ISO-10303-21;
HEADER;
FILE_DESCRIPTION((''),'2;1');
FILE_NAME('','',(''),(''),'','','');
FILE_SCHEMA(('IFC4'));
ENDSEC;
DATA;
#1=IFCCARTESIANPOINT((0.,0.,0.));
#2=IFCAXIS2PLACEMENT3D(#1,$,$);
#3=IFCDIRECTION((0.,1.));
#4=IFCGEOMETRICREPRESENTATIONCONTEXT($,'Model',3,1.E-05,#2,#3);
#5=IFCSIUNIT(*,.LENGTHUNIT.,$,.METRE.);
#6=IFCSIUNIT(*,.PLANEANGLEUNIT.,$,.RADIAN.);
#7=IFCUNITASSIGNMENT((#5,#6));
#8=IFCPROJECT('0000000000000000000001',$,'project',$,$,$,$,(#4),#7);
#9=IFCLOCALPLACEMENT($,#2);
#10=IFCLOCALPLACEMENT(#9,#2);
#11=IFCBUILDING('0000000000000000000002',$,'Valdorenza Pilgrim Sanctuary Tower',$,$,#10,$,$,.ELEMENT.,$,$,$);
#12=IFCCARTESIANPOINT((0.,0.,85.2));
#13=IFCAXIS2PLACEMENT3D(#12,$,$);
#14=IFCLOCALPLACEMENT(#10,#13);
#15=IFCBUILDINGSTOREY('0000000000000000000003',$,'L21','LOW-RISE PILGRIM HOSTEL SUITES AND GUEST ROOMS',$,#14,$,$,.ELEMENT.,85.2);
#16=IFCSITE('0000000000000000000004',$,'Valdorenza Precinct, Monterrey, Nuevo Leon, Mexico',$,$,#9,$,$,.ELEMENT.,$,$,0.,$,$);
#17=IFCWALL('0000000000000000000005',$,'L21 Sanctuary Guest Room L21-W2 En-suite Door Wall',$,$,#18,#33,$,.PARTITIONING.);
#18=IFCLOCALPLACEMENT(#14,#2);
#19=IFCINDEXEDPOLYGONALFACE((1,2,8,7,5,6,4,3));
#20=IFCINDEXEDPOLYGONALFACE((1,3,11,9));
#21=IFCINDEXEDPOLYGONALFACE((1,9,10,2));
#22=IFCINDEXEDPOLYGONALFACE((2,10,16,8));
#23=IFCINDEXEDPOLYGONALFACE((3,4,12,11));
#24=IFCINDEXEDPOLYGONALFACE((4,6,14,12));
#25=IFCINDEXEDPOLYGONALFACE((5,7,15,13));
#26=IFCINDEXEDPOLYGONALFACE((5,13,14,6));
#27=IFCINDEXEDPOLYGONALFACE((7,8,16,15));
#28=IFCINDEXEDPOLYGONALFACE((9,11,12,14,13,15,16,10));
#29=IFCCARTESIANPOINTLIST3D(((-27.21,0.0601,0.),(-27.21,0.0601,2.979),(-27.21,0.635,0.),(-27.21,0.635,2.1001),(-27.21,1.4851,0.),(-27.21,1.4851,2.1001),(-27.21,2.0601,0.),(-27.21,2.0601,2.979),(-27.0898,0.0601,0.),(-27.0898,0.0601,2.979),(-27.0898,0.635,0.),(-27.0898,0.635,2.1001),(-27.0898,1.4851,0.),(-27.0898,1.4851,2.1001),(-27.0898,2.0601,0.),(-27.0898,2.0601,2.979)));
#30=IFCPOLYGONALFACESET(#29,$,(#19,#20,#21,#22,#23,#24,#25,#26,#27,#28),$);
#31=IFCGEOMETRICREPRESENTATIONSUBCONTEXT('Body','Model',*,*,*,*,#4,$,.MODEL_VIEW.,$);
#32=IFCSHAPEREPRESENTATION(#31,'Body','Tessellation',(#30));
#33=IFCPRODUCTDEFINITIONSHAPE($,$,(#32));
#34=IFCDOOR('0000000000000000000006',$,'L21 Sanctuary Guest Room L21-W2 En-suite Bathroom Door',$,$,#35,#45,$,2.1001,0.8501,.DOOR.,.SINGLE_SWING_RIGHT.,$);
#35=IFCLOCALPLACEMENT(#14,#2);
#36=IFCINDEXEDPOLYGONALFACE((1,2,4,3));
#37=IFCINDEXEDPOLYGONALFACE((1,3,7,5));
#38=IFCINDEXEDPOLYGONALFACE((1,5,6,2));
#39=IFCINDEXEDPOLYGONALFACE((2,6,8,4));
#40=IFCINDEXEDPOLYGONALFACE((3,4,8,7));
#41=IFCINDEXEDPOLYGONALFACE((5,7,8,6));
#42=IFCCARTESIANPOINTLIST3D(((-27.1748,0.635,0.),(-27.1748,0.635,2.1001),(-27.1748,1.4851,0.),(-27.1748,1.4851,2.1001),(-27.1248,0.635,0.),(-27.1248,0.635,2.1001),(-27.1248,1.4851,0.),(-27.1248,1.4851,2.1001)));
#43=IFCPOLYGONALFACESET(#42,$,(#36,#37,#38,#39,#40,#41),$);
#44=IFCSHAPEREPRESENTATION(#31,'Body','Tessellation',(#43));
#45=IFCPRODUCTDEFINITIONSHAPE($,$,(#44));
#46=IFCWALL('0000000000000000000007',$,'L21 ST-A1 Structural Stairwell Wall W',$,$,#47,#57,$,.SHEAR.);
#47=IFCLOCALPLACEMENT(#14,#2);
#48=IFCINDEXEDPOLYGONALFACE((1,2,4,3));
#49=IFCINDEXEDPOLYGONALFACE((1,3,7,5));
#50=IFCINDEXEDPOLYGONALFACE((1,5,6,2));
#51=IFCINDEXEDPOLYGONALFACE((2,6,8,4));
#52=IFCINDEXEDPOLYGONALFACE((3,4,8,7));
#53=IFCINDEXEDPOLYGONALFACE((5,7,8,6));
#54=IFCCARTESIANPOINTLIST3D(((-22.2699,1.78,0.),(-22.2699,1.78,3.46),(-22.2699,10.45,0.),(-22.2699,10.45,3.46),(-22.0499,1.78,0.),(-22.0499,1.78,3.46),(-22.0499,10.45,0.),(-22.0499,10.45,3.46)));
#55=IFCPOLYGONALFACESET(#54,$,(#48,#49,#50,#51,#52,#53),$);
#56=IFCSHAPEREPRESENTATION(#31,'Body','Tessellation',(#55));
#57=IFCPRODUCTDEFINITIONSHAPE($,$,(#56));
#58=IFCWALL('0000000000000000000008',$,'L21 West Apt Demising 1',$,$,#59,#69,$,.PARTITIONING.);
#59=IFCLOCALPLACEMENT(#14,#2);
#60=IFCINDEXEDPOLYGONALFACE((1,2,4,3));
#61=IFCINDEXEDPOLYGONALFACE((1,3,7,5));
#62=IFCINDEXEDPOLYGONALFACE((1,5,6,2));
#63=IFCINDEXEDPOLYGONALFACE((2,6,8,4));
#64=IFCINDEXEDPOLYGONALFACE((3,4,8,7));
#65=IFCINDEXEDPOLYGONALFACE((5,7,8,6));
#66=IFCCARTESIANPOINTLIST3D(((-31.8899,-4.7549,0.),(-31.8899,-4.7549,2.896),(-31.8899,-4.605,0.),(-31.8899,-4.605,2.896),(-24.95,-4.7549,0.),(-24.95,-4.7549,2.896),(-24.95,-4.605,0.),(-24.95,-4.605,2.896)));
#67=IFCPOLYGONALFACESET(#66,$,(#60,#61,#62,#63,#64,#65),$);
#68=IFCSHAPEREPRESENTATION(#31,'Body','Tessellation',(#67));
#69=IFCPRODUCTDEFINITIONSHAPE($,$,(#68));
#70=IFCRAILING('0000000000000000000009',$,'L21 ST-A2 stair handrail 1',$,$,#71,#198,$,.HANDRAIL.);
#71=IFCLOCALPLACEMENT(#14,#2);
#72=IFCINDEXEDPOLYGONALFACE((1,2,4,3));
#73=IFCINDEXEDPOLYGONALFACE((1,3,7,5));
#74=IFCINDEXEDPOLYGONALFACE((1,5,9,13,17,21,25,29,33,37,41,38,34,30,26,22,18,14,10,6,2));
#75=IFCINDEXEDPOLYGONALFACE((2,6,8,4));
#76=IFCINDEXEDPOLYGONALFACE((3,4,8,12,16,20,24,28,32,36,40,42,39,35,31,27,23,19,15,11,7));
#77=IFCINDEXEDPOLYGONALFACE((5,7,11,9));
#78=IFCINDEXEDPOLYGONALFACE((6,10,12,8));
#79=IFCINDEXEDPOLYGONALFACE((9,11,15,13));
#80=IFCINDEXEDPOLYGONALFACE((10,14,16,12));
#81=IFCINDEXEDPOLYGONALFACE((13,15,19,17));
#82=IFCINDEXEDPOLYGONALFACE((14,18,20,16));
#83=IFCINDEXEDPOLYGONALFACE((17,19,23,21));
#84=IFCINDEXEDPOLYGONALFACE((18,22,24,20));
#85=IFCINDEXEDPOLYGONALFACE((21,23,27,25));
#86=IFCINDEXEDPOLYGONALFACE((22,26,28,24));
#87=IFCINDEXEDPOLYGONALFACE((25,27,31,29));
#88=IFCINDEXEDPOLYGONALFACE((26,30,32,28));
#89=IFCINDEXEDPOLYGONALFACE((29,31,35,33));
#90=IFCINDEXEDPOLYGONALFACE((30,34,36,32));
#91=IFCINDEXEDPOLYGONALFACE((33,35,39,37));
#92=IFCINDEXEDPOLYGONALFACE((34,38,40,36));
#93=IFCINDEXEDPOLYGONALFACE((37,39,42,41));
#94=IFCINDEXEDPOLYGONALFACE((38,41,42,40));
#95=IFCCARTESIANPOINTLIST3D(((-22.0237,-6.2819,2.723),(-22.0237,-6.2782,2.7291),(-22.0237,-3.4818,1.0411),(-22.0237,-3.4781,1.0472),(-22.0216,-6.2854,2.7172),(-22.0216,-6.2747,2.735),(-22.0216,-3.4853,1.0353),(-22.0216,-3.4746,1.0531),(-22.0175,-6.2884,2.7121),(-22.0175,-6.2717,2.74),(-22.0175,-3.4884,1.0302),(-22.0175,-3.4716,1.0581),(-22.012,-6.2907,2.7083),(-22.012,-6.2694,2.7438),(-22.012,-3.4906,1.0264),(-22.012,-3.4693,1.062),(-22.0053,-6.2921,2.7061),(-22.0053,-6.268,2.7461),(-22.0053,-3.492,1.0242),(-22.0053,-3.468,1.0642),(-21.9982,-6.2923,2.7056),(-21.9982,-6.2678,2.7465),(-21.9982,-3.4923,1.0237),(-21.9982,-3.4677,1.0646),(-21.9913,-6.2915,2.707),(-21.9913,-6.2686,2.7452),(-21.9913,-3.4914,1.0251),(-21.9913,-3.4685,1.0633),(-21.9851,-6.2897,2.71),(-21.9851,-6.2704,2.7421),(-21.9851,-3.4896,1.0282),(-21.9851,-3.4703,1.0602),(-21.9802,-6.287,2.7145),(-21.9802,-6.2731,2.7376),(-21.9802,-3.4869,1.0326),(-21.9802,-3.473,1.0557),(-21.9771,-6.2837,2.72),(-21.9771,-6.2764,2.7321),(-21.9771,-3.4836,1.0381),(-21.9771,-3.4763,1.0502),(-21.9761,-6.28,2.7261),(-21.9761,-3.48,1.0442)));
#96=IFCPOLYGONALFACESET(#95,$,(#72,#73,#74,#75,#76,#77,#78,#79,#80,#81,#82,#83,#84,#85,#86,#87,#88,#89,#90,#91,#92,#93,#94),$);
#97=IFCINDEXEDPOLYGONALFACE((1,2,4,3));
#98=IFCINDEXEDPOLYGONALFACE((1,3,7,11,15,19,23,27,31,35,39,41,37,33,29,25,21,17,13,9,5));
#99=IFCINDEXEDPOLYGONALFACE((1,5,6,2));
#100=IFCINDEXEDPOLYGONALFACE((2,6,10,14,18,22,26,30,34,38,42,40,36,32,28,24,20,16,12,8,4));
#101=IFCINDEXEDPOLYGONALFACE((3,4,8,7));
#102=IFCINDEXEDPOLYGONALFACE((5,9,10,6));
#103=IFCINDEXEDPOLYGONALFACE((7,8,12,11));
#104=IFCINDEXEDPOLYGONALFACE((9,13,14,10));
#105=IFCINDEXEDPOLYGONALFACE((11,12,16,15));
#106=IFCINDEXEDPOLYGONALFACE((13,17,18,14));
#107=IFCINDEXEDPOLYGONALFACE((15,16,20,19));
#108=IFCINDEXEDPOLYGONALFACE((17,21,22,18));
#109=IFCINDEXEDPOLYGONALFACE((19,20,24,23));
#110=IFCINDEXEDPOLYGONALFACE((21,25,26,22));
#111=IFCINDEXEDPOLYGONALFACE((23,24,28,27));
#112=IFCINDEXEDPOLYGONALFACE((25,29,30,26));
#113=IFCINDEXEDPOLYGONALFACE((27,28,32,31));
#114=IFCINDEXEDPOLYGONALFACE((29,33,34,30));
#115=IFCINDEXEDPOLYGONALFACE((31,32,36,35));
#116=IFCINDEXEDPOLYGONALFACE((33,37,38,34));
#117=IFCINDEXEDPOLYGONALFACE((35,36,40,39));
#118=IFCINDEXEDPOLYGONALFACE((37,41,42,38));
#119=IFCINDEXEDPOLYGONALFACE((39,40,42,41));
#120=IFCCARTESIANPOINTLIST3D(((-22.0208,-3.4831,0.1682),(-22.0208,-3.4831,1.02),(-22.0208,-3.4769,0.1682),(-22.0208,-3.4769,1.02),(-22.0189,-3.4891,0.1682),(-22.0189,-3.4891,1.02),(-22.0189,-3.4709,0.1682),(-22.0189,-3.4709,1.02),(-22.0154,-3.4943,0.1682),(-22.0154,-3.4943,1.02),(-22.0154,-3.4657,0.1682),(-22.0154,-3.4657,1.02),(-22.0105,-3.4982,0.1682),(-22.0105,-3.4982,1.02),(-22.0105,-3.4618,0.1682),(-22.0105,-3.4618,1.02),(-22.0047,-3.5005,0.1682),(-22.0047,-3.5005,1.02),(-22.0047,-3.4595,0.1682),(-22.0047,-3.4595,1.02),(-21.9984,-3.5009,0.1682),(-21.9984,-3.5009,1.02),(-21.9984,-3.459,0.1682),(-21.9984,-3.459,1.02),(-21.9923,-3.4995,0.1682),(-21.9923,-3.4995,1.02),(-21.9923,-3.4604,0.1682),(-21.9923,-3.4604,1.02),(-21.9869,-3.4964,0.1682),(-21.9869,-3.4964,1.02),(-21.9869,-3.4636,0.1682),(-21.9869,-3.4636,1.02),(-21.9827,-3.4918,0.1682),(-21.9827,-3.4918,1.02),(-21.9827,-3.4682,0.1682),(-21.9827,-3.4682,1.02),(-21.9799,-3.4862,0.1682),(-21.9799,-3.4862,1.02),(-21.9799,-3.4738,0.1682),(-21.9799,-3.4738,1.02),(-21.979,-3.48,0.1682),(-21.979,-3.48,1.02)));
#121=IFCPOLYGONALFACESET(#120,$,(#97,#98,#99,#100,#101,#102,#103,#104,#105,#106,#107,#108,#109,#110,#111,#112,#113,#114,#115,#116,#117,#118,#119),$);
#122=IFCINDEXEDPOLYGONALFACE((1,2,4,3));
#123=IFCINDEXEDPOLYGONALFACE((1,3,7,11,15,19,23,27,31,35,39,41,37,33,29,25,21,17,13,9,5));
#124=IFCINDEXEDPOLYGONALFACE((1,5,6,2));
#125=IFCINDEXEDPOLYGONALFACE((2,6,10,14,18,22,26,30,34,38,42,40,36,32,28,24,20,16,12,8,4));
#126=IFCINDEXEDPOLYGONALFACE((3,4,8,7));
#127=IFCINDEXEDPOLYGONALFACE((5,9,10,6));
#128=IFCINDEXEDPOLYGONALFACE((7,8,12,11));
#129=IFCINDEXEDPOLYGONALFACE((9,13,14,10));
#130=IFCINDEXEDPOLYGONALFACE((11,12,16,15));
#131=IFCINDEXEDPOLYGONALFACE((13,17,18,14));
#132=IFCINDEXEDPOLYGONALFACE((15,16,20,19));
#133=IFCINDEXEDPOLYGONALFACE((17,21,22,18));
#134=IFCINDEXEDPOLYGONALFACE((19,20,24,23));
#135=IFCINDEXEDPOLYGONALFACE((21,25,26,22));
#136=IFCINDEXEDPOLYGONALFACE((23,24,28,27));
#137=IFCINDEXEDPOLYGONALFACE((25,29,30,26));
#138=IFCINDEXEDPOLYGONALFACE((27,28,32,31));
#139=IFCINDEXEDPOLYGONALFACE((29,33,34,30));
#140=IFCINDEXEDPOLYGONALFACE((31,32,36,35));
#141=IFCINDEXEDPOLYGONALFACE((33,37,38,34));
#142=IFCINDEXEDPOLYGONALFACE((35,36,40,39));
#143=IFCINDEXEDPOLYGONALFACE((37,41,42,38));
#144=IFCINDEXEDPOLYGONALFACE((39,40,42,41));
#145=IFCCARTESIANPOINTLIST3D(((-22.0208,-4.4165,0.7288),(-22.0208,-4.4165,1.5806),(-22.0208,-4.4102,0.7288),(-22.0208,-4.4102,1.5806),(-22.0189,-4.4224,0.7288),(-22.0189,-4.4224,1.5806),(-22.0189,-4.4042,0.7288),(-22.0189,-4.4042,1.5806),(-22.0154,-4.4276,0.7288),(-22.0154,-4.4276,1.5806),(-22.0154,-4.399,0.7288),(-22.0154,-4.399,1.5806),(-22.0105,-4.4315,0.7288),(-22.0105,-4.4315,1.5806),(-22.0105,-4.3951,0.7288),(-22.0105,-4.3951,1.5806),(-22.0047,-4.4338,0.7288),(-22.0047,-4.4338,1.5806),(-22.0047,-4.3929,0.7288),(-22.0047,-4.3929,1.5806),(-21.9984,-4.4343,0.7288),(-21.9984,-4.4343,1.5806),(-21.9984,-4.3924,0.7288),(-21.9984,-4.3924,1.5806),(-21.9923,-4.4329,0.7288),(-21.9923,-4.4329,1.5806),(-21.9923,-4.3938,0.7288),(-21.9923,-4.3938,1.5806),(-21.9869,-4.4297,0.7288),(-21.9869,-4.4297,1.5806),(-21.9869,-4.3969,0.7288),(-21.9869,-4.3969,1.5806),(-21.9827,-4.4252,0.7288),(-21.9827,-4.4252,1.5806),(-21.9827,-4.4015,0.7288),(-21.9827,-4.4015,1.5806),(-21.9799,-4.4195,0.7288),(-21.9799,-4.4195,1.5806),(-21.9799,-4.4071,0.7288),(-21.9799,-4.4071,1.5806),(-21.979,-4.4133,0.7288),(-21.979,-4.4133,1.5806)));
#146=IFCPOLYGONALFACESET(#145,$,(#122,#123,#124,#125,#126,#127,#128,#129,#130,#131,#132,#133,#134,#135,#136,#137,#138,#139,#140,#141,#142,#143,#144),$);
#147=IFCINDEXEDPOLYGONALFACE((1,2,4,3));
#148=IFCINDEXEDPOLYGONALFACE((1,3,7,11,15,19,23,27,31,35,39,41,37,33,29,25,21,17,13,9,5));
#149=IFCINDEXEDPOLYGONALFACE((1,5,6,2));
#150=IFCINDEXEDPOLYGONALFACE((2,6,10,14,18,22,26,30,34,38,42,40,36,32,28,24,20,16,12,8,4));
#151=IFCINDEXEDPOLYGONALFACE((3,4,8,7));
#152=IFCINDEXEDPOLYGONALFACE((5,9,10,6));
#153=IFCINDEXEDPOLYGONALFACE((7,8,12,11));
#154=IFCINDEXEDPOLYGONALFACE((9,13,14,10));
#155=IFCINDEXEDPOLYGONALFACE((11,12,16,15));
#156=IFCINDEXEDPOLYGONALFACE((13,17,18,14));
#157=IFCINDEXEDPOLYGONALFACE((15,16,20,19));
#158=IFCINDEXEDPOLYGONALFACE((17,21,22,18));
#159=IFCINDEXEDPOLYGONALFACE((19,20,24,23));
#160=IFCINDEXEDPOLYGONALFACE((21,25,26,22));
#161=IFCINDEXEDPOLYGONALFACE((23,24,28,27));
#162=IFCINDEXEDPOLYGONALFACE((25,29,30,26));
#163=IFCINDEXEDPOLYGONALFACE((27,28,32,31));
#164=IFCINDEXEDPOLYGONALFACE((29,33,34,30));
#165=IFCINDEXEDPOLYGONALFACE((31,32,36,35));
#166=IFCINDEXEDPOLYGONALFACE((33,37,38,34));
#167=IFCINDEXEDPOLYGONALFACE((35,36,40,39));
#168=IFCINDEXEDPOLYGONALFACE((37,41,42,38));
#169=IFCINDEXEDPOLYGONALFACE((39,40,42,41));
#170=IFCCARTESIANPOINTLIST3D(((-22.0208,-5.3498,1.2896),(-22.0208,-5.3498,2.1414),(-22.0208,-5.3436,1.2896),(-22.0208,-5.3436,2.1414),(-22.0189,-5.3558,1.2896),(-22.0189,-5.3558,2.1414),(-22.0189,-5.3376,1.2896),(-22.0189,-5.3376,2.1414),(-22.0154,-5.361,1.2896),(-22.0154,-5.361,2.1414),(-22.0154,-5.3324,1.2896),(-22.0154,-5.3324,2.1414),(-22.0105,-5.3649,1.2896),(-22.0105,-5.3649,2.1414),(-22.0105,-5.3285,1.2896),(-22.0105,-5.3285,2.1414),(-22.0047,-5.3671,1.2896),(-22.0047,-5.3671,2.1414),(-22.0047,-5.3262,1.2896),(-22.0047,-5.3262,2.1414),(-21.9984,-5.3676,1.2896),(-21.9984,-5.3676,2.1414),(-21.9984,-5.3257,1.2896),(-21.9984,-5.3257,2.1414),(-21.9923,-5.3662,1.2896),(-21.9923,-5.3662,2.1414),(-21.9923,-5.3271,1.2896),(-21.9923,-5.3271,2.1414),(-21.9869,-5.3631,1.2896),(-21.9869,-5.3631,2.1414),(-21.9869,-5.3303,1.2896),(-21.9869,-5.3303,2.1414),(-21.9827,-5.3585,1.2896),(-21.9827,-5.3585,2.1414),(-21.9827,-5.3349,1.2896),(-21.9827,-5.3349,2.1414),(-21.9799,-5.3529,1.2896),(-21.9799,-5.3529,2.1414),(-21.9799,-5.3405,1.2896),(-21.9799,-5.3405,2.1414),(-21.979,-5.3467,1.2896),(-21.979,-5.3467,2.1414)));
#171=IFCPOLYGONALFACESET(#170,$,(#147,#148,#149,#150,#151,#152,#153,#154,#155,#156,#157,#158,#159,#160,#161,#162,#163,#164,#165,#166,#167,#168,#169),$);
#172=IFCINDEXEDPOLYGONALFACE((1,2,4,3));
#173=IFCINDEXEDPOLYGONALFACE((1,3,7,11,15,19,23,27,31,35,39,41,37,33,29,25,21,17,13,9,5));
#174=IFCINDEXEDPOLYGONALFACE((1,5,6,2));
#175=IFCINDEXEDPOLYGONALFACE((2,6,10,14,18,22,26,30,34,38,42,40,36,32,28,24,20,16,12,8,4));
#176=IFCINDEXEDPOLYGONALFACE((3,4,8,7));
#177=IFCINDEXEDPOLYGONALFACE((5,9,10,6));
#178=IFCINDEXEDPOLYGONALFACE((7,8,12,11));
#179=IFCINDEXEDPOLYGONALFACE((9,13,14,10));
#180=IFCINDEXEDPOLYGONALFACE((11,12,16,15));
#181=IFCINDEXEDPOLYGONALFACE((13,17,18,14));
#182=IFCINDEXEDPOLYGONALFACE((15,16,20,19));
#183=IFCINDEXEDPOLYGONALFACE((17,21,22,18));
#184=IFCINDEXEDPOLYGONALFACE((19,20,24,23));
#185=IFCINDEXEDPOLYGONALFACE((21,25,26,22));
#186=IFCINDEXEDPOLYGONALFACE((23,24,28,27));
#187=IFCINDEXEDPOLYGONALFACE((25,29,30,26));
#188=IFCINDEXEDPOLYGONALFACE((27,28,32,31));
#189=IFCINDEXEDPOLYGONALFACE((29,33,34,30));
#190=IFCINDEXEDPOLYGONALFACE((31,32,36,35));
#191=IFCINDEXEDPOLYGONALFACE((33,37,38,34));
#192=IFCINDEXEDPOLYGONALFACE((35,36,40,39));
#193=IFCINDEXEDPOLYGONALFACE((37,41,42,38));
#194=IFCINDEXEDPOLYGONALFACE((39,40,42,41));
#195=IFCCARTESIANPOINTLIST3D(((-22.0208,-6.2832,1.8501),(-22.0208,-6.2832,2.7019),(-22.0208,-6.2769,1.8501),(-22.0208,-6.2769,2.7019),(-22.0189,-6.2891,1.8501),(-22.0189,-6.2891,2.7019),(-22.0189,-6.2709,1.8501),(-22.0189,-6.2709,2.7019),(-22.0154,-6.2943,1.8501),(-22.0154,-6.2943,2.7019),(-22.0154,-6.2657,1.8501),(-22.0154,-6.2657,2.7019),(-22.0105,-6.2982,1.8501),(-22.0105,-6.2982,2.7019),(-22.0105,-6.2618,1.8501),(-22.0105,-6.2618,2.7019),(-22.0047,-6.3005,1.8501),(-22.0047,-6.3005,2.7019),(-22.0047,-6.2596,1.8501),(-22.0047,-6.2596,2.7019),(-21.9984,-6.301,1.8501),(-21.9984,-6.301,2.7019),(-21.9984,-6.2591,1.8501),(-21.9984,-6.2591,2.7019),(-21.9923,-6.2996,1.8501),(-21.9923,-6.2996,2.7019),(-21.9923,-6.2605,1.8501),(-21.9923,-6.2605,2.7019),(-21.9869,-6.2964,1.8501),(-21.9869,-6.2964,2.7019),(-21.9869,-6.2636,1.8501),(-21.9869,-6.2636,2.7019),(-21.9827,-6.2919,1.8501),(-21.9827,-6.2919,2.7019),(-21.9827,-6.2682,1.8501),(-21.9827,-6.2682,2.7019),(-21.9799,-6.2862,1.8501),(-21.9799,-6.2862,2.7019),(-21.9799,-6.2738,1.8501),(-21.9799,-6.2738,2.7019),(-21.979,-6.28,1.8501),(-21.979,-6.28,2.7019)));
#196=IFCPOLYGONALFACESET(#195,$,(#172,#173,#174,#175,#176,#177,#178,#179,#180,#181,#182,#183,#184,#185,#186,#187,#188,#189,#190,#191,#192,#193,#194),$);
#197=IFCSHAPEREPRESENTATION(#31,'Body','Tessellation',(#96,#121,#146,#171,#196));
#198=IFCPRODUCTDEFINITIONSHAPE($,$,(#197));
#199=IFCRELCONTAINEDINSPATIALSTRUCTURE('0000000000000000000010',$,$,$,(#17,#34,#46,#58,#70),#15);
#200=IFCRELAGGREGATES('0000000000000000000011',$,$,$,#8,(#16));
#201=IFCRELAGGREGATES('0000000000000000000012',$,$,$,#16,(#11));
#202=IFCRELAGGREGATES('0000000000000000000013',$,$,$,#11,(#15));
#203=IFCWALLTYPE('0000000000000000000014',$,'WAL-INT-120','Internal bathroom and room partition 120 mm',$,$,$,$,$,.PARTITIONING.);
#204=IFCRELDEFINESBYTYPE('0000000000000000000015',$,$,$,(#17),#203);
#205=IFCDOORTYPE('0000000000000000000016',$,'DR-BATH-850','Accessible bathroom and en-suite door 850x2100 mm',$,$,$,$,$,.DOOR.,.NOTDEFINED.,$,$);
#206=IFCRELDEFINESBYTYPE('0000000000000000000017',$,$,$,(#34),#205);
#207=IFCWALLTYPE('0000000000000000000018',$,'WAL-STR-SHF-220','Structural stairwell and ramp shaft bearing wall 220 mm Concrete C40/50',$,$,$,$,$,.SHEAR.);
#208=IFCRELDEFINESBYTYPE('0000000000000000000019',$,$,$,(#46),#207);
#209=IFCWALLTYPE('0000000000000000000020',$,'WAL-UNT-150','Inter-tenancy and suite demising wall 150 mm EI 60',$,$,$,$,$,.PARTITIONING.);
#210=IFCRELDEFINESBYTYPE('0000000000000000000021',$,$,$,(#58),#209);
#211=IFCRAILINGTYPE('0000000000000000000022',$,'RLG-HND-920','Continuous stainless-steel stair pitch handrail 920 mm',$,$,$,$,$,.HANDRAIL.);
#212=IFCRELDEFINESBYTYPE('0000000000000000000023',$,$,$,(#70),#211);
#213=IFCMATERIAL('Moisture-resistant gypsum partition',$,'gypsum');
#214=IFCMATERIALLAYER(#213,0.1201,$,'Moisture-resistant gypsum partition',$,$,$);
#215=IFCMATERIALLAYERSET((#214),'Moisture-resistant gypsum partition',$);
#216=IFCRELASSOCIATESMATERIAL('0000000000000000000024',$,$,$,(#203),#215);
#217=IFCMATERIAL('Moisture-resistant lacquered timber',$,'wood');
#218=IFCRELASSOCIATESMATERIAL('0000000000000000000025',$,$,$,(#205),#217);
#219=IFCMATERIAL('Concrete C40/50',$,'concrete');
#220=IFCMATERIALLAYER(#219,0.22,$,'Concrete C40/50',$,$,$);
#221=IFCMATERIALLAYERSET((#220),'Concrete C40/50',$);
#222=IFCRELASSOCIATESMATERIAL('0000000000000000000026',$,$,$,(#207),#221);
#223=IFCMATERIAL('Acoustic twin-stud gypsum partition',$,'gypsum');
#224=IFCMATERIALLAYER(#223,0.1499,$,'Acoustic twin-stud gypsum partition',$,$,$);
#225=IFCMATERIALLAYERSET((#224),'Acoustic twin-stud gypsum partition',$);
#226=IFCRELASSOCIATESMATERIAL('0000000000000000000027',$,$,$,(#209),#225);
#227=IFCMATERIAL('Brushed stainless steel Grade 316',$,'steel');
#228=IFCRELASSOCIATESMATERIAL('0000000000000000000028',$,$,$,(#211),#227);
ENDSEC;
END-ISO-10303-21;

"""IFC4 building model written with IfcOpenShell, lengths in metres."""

from ifc_helpers import new_model, si_unit, direction, frame, frame_2d, origin, origin_2d, place, context, subcontext, project, spatial, rectangle, circle, extrude, material, layer, layer_set, type_object, element, fill, save


model = new_model("IFC4")

# Units and contexts
model_context = context("Model", 3, precision=1e-05, world=origin(), true_north=direction((0.0, 1.0)))
body_context = subcontext(model_context, "Body", "Model", "MODEL_VIEW")
ifc_project = project(units=[si_unit("LENGTHUNIT", "METRE"), si_unit("PLANEANGLEUNIT", "RADIAN")], contexts=[model_context])

# Site, building, storey
site_placement = place(None, origin())
site = spatial("IfcSite", under=ifc_project, at=site_placement, Name="Valdorenza Precinct, Monterrey, Nuevo Leon, Mexico", CompositionType="ELEMENT", RefElevation=0.0)
building_placement = place(site_placement, origin())
building = spatial("IfcBuilding", under=site, at=building_placement, Name="Valdorenza Pilgrim Sanctuary Tower", CompositionType="ELEMENT")
storey_placement = place(building_placement, frame((0.0, 0.0, 85.2)))
storey = spatial("IfcBuildingStorey", under=building, at=storey_placement, Name="L21", Description="LOW-RISE PILGRIM HOSTEL SUITES AND GUEST ROOMS", CompositionType="ELEMENT", Elevation=85.2)

# Shared definitions
ifc_material_1 = material(Name="Moisture-resistant gypsum partition", Category="gypsum")
ifc_layer_1 = layer(ifc_material_1, 0.1201, Name="Moisture-resistant gypsum partition")
ifc_layer_set_1 = layer_set([ifc_layer_1], Name="Moisture-resistant gypsum partition")
wall_type_1 = type_object("IfcWallType", Name="WAL-INT-120", Description="Internal bathroom and room partition 120 mm", PredefinedType="PARTITIONING", material=ifc_layer_set_1)

# Shared definitions
ifc_material_2 = material(Name="Moisture-resistant lacquered timber", Category="wood")
door_type_1 = type_object("IfcDoorType", Name="DR-BATH-850", Description="Accessible bathroom and en-suite door 850x2100 mm", OperationType="NOTDEFINED", PredefinedType="DOOR", material=ifc_material_2)

# Wall, opening, door
wall_1_placement = place(storey_placement, frame((-27.1499, 0.0601, 0.0), z_axis=(0.0, 0.0, 1.0), x_axis=(0.0, 1.0, 0.0)))
wall_1 = element("IfcWall", 1, at=wall_1_placement, inside=storey, type_object=wall_type_1, Name="L21 Sanctuary Guest Room L21-W2 En-suite Door Wall", PredefinedType="PARTITIONING", context=body_context, shape_type="SweptSolid", body=[
    extrude(rectangle(XDim=2.0, YDim=0.1201, at=frame_2d((1.0, 0.0))), origin(), (0.0, 0.0, 1.0), 2.979),
])
opening_1_placement = place(wall_1_placement, frame((0.575, 0.0, 0.0)))
opening_1 = element("IfcOpeningElement", 2, at=opening_1_placement, cuts=wall_1, PredefinedType="OPENING", context=body_context, shape_type="SweptSolid", body=[
    extrude(rectangle(XDim=0.8501, YDim=2.1001, at=frame_2d((0.425, 1.05))), frame((0.0, 0.075, 0.0), z_axis=(0.0, -1.0, 0.0), x_axis=(1.0, 0.0, 0.0)), (0.0, 0.0, 1.0), 0.1499),
])
door_1_placement = place(opening_1_placement, origin())
door_1 = element("IfcDoor", 3, at=door_1_placement, inside=storey, type_object=door_type_1, Name="L21 Sanctuary Guest Room L21-W2 En-suite Bathroom Door", OperationType="SINGLE_SWING_RIGHT", OverallHeight=2.1001, OverallWidth=0.8501, PredefinedType="DOOR", context=body_context, shape_type="SweptSolid", body=[
    extrude(rectangle(XDim=0.8501, YDim=2.1001, at=frame_2d((0.425, 1.05))), frame((0.0, 0.0249, 0.0), z_axis=(0.0, -1.0, 0.0), x_axis=(1.0, 0.0, 0.0)), (0.0, 0.0, 1.0), 0.05),
])
fill(opening_1, door_1)

# Wall
ifc_material_3 = material(Name="Concrete C40/50", Category="concrete")
ifc_layer_2 = layer(ifc_material_3, 0.22, Name="Concrete C40/50")
ifc_layer_set_2 = layer_set([ifc_layer_2], Name="Concrete C40/50")
wall_type_2 = type_object("IfcWallType", Name="WAL-STR-SHF-220", Description="Structural stairwell and ramp shaft bearing wall 220 mm Concrete C40/50", PredefinedType="SHEAR", material=ifc_layer_set_2)
wall_2_placement = place(storey_placement, frame((-22.1599, 1.78, 0.0), z_axis=(0.0, 0.0, 1.0), x_axis=(0.0, 1.0, 0.0)))
element("IfcWall", 4, at=wall_2_placement, inside=storey, type_object=wall_type_2, Name="L21 ST-A1 Structural Stairwell Wall W", PredefinedType="SHEAR", context=body_context, shape_type="SweptSolid", body=[
    extrude(rectangle(XDim=8.6699, YDim=0.22, at=frame_2d((4.335, 0.0))), origin(), (0.0, 0.0, 1.0), 3.46),
])

# Wall
ifc_material_4 = material(Name="Acoustic twin-stud gypsum partition", Category="gypsum")
ifc_layer_3 = layer(ifc_material_4, 0.1499, Name="Acoustic twin-stud gypsum partition")
ifc_layer_set_3 = layer_set([ifc_layer_3], Name="Acoustic twin-stud gypsum partition")
wall_type_3 = type_object("IfcWallType", Name="WAL-UNT-150", Description="Inter-tenancy and suite demising wall 150 mm EI 60", PredefinedType="PARTITIONING", material=ifc_layer_set_3)
wall_3_placement = place(storey_placement, frame((-31.8899, -4.6799, 0.0), z_axis=(0.0, 0.0, 1.0), x_axis=(1.0, 0.0, 0.0)))
element("IfcWall", 5, at=wall_3_placement, inside=storey, type_object=wall_type_3, Name="L21 West Apt Demising 1", PredefinedType="PARTITIONING", context=body_context, shape_type="SweptSolid", body=[
    extrude(rectangle(XDim=6.9399, YDim=0.1499, at=frame_2d((3.47, 0.0))), origin(), (0.0, 0.0, 1.0), 2.896),
])

# Railing
ifc_material_5 = material(Name="Brushed stainless steel Grade 316", Category="steel")
railing_type = type_object("IfcRailingType", Name="RLG-HND-920", Description="Continuous stainless-steel stair pitch handrail 920 mm", PredefinedType="HANDRAIL", material=ifc_material_5)
railing_placement = place(storey_placement, frame((-22.0, -3.48, 0.1682)))
element("IfcRailing", 6, at=railing_placement, inside=storey, type_object=railing_type, Name="L21 ST-A2 stair handrail 1", PredefinedType="HANDRAIL", context=body_context, shape_type="SweptSolid", body=[
    extrude(circle(Radius=0.0239, at=origin_2d()), frame((0.0, 0.0, 0.876), z_axis=(0.0, -0.857242, 0.514913), x_axis=(1.0, 0.0, 0.0)), (0.0, 0.0, 1.0), 3.2664),
    extrude(circle(Radius=0.021, at=origin_2d()), origin(), (0.0, 0.0, 1.0), 0.8518),
    extrude(circle(Radius=0.021, at=origin_2d()), frame((0.0, -0.9333, 0.5605)), (0.0, 0.0, 1.0), 0.8518),
    extrude(circle(Radius=0.021, at=origin_2d()), frame((0.0, -1.8667, 1.1213)), (0.0, 0.0, 1.0), 0.8518),
    extrude(circle(Radius=0.021, at=origin_2d()), frame((0.0, -2.8, 1.6819)), (0.0, 0.0, 1.0), 0.8518),
])

save(model, "model.ifc")
